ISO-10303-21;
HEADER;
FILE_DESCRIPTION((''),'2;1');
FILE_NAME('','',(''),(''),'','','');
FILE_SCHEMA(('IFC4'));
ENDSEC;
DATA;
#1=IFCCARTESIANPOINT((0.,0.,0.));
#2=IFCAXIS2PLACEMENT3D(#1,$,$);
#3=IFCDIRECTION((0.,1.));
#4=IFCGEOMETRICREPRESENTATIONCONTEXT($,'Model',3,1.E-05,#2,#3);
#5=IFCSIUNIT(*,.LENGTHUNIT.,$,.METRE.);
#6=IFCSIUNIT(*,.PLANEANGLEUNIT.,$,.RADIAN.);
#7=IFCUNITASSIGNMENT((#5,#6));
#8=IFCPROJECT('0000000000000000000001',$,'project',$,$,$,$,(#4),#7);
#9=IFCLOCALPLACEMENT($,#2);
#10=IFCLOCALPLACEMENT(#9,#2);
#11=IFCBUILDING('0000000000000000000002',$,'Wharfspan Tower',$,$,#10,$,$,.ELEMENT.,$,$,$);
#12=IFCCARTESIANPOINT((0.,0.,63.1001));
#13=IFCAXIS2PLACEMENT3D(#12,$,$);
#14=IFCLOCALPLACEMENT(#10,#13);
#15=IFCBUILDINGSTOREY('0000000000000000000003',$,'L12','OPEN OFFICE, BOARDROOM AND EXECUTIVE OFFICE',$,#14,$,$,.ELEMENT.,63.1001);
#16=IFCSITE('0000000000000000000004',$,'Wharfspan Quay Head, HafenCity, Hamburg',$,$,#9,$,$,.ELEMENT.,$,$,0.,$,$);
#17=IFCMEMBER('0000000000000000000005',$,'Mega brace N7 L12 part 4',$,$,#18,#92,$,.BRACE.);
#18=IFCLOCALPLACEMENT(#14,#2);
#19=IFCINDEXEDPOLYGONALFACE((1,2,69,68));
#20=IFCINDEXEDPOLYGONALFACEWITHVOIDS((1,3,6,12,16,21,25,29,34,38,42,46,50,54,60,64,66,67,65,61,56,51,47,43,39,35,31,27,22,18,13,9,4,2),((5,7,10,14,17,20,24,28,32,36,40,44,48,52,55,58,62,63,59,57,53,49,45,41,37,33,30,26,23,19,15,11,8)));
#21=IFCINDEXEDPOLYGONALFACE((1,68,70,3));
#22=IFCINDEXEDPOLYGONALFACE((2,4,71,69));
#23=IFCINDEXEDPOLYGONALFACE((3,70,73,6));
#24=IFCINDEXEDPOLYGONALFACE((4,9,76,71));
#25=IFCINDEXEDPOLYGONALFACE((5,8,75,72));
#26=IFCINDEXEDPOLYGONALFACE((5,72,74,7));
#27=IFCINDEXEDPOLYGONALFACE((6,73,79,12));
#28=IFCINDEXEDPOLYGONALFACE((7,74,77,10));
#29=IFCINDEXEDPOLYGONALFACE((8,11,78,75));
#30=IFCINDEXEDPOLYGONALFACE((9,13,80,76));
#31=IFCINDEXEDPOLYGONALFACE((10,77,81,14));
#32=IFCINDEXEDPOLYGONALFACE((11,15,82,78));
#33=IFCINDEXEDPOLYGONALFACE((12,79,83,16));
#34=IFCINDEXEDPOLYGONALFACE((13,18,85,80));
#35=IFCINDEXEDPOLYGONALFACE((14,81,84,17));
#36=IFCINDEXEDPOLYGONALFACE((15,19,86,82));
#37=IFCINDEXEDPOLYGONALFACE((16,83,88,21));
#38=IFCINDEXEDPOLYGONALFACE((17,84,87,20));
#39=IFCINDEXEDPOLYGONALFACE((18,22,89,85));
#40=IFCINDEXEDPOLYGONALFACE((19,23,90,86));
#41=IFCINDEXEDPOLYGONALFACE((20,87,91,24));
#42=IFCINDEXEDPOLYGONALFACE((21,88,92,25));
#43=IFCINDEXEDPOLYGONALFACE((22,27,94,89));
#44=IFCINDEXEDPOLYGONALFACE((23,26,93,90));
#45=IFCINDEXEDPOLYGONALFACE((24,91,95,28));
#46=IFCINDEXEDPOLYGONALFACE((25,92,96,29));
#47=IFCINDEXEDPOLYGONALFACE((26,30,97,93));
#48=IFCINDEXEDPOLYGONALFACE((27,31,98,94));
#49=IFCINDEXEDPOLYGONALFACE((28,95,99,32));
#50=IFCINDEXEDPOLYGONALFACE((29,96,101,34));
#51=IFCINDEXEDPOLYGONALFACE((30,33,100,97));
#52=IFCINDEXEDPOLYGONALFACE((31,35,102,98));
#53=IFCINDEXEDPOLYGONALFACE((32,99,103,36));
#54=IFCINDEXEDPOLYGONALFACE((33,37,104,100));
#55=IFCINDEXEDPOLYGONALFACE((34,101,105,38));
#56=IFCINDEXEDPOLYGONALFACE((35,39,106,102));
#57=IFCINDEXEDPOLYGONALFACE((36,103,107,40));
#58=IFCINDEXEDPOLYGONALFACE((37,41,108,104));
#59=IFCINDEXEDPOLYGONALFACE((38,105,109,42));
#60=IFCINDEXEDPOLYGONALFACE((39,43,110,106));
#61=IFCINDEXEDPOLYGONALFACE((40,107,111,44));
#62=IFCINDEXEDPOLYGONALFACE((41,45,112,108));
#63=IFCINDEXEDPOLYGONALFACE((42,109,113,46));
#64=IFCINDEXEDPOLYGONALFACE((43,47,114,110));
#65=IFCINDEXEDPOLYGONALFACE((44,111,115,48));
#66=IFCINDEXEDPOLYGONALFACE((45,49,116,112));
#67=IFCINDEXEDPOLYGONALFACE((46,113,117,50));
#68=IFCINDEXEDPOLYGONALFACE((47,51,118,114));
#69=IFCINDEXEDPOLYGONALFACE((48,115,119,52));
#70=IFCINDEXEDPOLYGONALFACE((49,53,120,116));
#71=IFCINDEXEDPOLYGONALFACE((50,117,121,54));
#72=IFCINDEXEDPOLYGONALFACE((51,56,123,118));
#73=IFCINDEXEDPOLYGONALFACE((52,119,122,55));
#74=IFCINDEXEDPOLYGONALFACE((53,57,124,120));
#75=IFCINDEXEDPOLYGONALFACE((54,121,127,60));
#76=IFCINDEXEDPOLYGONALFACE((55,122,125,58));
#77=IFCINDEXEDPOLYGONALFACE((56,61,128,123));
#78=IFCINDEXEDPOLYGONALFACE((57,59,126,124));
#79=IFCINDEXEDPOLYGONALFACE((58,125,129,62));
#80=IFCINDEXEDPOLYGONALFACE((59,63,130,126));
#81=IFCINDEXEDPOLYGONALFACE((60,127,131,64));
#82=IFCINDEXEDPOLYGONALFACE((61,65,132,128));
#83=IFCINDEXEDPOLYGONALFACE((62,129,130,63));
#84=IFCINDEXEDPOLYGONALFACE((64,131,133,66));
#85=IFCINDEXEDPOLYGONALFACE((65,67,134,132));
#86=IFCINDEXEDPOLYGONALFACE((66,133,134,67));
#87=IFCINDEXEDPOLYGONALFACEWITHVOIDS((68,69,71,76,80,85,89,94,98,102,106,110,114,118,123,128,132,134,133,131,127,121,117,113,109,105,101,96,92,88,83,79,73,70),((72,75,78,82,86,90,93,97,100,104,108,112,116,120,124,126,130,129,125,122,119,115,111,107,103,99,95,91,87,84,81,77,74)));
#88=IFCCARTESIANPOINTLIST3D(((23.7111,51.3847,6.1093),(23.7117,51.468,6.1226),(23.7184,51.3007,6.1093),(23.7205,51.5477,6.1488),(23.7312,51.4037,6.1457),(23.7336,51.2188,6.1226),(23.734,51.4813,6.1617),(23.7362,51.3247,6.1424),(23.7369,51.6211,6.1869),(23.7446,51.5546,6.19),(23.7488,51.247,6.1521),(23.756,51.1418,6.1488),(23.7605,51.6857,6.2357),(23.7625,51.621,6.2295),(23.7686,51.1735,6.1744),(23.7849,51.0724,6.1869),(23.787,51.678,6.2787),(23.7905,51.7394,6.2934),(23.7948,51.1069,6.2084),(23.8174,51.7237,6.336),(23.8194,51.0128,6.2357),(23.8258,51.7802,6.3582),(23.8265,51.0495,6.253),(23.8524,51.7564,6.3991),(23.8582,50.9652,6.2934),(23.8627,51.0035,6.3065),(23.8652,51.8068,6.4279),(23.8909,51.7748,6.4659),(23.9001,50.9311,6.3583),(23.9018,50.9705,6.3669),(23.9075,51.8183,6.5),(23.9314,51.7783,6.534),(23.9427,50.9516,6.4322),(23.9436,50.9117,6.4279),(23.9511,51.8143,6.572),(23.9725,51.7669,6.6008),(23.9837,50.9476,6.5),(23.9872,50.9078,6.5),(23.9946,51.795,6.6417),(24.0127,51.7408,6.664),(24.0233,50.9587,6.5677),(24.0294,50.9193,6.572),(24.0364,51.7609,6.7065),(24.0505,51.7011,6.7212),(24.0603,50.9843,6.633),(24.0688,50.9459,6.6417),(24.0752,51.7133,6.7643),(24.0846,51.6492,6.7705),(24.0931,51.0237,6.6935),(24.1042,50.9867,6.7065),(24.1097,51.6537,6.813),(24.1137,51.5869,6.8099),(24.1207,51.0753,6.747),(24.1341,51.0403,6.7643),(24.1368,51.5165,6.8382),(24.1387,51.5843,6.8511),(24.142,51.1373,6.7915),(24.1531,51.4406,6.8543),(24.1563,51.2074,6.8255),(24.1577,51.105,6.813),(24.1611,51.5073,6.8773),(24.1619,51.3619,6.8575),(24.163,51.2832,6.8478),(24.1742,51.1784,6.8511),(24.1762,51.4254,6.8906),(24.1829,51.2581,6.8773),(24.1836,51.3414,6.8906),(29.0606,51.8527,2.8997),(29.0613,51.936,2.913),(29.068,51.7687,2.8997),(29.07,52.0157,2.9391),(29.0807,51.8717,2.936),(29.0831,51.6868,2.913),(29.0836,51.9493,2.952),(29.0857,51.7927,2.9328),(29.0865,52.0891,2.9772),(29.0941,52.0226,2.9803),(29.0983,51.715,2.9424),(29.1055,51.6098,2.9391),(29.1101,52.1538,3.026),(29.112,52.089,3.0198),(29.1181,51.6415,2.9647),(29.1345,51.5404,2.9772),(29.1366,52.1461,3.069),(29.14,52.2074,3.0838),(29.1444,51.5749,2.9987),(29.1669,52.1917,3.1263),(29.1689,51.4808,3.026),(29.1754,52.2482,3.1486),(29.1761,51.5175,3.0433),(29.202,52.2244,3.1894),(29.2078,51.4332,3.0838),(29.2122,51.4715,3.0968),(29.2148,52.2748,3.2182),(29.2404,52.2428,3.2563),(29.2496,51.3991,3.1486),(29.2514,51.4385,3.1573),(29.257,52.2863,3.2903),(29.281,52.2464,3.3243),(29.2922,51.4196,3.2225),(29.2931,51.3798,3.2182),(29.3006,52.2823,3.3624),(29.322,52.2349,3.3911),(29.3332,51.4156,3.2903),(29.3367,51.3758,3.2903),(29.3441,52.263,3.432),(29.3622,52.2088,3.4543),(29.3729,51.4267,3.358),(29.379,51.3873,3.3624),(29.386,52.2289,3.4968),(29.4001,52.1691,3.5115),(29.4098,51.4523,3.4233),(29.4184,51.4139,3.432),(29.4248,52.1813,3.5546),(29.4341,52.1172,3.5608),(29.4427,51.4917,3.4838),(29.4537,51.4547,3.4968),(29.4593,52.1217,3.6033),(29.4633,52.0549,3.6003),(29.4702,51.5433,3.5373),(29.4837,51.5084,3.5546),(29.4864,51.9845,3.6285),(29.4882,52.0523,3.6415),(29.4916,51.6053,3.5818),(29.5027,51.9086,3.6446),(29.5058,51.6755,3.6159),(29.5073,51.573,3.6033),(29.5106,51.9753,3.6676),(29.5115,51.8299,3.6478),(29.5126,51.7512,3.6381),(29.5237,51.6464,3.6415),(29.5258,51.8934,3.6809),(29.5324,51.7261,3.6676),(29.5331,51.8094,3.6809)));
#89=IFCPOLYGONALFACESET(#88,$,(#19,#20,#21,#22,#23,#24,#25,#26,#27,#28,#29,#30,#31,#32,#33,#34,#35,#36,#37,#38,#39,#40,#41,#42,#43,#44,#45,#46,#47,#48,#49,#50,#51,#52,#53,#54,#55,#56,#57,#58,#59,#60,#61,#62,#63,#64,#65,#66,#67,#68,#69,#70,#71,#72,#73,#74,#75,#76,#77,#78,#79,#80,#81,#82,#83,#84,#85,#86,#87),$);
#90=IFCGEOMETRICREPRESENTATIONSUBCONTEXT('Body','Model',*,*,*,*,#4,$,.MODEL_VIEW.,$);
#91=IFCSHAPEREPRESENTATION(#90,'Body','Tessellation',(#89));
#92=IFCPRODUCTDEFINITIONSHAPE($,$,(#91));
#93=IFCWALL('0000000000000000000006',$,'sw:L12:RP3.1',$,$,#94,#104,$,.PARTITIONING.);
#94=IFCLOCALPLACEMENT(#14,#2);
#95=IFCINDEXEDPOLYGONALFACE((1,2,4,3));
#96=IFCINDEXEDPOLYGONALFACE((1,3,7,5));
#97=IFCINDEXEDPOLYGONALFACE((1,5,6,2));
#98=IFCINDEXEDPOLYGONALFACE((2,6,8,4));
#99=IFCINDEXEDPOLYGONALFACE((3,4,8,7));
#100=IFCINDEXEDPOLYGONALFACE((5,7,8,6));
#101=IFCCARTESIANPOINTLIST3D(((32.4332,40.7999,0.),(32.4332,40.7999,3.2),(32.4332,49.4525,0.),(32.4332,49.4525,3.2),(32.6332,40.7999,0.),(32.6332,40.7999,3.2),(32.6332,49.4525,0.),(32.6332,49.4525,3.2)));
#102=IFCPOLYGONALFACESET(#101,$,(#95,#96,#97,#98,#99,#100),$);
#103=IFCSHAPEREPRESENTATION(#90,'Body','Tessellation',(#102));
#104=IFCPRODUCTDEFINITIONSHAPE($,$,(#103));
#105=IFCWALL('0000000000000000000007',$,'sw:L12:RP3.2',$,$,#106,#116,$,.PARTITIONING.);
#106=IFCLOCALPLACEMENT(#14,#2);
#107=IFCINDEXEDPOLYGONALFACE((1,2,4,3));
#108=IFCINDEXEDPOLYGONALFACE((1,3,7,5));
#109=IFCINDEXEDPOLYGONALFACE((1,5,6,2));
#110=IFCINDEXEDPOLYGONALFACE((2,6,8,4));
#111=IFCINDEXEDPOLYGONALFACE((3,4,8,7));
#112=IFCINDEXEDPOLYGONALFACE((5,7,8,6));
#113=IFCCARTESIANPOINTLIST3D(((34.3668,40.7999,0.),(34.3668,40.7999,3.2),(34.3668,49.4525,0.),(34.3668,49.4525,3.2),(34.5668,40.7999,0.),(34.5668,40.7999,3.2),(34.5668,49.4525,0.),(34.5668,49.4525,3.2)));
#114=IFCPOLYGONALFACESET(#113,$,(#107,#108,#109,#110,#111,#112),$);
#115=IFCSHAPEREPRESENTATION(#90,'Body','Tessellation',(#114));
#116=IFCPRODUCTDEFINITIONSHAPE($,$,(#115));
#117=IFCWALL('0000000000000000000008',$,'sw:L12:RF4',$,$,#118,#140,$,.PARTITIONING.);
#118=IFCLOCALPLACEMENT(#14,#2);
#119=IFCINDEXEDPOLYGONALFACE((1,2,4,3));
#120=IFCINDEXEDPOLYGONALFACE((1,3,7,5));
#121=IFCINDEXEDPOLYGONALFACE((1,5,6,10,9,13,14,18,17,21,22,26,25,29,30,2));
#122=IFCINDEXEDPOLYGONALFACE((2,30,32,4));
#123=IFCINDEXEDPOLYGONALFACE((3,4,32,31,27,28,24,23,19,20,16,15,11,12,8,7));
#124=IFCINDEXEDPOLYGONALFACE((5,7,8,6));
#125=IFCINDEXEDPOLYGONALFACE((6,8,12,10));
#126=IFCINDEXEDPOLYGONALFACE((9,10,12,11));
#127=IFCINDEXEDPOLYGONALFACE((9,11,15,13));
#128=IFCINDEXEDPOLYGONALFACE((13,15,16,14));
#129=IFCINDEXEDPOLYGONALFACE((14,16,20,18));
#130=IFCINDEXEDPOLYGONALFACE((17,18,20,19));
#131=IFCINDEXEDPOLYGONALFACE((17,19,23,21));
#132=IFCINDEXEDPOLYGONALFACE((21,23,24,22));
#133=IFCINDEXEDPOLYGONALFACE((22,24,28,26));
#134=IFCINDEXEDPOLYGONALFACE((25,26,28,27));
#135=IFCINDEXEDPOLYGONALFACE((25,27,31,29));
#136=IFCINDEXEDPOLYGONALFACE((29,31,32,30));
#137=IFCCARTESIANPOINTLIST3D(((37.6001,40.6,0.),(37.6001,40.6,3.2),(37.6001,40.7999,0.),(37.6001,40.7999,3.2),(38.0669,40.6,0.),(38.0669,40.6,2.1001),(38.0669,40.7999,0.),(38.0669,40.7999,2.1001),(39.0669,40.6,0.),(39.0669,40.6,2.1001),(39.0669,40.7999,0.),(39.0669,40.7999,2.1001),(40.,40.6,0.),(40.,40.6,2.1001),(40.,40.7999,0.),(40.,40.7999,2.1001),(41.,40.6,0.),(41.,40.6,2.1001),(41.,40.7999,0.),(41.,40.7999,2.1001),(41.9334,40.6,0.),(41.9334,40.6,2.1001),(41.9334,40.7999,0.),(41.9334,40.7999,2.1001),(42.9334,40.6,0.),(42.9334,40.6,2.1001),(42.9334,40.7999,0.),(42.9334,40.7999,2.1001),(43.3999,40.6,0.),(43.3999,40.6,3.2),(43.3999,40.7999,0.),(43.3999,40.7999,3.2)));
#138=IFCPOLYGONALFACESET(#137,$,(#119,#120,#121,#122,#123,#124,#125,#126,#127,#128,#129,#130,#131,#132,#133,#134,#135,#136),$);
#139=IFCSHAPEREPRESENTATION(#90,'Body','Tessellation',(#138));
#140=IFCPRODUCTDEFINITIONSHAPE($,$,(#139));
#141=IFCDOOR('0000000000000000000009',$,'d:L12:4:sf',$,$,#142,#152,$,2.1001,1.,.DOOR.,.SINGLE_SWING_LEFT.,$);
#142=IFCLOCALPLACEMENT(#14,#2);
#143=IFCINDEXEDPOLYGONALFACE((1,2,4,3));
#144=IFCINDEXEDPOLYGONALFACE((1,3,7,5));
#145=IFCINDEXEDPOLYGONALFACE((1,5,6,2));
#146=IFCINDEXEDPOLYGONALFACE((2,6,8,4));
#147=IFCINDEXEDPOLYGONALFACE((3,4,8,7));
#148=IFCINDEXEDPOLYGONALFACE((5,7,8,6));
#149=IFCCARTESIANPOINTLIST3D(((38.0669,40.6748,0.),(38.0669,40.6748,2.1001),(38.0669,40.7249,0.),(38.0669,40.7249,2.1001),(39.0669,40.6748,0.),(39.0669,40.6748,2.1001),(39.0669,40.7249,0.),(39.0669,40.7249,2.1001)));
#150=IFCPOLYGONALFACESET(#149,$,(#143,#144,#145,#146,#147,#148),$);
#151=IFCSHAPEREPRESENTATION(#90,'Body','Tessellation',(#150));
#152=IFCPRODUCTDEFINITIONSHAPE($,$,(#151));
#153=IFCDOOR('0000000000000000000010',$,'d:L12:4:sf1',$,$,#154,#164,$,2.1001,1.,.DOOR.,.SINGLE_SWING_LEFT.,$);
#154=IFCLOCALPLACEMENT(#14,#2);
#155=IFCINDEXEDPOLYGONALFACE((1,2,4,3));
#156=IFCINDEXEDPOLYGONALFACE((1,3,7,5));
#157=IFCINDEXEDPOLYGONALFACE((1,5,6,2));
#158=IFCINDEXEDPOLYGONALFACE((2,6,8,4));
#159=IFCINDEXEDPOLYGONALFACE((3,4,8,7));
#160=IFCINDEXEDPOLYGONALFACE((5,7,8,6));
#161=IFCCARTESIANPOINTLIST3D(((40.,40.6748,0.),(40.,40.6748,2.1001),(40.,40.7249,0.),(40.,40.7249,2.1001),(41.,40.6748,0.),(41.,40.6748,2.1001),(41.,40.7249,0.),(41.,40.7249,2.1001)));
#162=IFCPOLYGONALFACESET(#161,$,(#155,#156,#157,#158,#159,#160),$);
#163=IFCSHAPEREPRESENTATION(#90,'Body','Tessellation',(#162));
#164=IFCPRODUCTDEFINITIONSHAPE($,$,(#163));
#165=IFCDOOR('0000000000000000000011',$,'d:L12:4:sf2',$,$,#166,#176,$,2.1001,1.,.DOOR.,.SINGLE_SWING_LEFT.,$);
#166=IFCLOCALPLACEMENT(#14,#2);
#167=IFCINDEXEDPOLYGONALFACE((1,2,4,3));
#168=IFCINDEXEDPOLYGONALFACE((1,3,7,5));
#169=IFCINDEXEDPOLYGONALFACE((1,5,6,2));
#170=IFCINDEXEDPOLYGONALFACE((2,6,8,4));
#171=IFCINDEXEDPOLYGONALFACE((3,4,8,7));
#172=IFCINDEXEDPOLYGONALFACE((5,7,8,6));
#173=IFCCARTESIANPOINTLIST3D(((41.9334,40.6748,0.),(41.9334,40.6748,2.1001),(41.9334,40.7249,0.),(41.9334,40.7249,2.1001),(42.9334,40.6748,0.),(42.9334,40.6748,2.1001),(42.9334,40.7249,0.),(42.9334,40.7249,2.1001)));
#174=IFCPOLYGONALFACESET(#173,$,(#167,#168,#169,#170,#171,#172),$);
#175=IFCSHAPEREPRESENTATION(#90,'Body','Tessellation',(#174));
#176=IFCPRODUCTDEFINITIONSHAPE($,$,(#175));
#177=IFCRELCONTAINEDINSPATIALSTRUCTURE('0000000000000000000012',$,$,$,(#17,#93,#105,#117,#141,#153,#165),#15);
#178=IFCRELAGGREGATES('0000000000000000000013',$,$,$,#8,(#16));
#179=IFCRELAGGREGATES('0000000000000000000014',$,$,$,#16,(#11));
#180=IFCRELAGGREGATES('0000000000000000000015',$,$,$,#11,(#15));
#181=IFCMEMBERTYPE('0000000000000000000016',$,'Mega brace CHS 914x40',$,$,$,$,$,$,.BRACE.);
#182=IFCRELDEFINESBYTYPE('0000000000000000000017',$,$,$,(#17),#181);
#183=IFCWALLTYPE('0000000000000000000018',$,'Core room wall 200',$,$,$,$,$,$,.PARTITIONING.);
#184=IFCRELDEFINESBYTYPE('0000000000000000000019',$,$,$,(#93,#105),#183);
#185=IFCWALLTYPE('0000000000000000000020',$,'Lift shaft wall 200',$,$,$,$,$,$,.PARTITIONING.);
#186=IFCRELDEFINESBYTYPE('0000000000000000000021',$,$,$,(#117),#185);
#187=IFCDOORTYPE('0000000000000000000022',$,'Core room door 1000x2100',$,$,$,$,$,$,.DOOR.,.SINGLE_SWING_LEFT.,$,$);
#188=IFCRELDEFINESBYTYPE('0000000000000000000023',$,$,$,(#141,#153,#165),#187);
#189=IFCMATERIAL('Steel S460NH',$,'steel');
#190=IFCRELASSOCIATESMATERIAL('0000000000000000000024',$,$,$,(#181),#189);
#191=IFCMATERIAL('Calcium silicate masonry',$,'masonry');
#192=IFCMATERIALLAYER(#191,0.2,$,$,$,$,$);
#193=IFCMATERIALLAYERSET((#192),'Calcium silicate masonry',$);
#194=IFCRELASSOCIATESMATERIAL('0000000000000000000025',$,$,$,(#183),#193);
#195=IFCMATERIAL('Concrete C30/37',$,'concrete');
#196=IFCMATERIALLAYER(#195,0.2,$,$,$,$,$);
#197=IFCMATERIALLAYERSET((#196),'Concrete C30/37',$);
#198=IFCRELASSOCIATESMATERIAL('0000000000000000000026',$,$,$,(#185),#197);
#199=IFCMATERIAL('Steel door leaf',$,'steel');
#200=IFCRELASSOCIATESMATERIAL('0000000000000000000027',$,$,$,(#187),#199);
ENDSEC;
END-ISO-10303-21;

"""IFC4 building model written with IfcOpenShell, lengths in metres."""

from ifc_helpers import new_model, si_unit, direction, frame, frame_2d, origin, origin_2d, place, context, subcontext, project, spatial, rectangle, hollow_circle, extrude, material, layer, layer_set, material_profile, profile_set, type_object, element, fill, save


model = new_model("IFC4")

# Units and contexts
model_context = context("Model", 3, precision=1e-05, world=origin(), true_north=direction((0.0, 1.0)))
body_context = subcontext(model_context, "Body", "Model", "MODEL_VIEW")
ifc_project = project(units=[si_unit("LENGTHUNIT", "METRE"), si_unit("PLANEANGLEUNIT", "RADIAN")], contexts=[model_context])

# Site, building, storey
site_placement = place(None, origin())
site = spatial("IfcSite", under=ifc_project, at=site_placement, Name="Wharfspan Quay Head, HafenCity, Hamburg", CompositionType="ELEMENT", RefElevation=0.0)
building_placement = place(site_placement, origin())
building = spatial("IfcBuilding", under=site, at=building_placement, Name="Wharfspan Tower", CompositionType="ELEMENT")
storey_placement = place(building_placement, frame((0.0, 0.0, 63.1001)))
storey = spatial("IfcBuildingStorey", under=building, at=storey_placement, Name="L12", Description="OPEN OFFICE, BOARDROOM AND EXECUTIVE OFFICE", CompositionType="ELEMENT", Elevation=63.1001)

# Member
ifc_material_1 = material(Name="Steel S460NH", Category="steel")
ifc_material_profile_1 = material_profile(ifc_material_1, hollow_circle(Radius=0.457, WallThickness=0.04, at=origin_2d()))
ifc_profile_set_1 = profile_set([ifc_material_profile_1], Name="Steel S460NH")
member_type = type_object("IfcMemberType", Name="Mega brace CHS 914x40", PredefinedType="BRACE", material=ifc_profile_set_1)
for number, where, z_axis, x_axis, name in (
    (1, (29.2969, 51.8311, 3.2903), (-0.855094, -0.074809, 0.513048), (0.087154, -0.996195, 0.000001), "Mega brace N7 L12 part 4"),
):
    element("IfcMember", number, at=place(storey_placement, frame(where, z_axis=z_axis, x_axis=x_axis)), inside=storey, type_object=member_type, Name=name, PredefinedType="BRACE", context=body_context, shape_type="SweptSolid", body=[
        extrude(hollow_circle(Radius=0.457, WallThickness=0.04, at=origin_2d()), origin(), (0.0, 0.0, 1.0), 6.2561),
    ])

# Walls
ifc_material_2 = material(Name="Calcium silicate masonry", Category="masonry")
ifc_layer_1 = layer(ifc_material_2, 0.2)
ifc_layer_set_1 = layer_set([ifc_layer_1], Name="Calcium silicate masonry")
wall_type_1 = type_object("IfcWallType", Name="Core room wall 200", PredefinedType="PARTITIONING", material=ifc_layer_set_1)
for number, where, z_axis, x_axis, name in (
    (2, (32.5332, 40.8, 0.0), (0.0, 0.0, 1.0), (0.0, 1.0, 0.0), "sw:L12:RP3.1"),
    (3, (34.4668, 40.8, 0.0), (0.0, 0.0, 1.0), (0.0, 1.0, 0.0), "sw:L12:RP3.2"),
):
    element("IfcWall", number, at=place(storey_placement, frame(where, z_axis=z_axis, x_axis=x_axis)), inside=storey, type_object=wall_type_1, Name=name, PredefinedType="PARTITIONING", context=body_context, shape_type="SweptSolid", body=[
        extrude(rectangle(XDim=8.6526, YDim=0.2, at=frame_2d((4.3262, 0.0))), origin(), (0.0, 0.0, 1.0), 3.2),
    ])

# Wall, openings, doors
ifc_material_3 = material(Name="Concrete C30/37", Category="concrete")
ifc_layer_2 = layer(ifc_material_3, 0.2)
ifc_layer_set_2 = layer_set([ifc_layer_2], Name="Concrete C30/37")
wall_type_2 = type_object("IfcWallType", Name="Lift shaft wall 200", PredefinedType="PARTITIONING", material=ifc_layer_set_2)
wall_1_placement = place(storey_placement, frame((37.6001, 40.7, 0.0), z_axis=(0.0, 0.0, 1.0), x_axis=(1.0, 0.0, 0.0)))
wall_1 = element("IfcWall", 4, at=wall_1_placement, inside=storey, type_object=wall_type_2, Name="sw:L12:RF4", PredefinedType="PARTITIONING", context=body_context, shape_type="SweptSolid", body=[
    extrude(rectangle(XDim=5.7998, YDim=0.2, at=frame_2d((2.8999, 0.0))), origin(), (0.0, 0.0, 1.0), 3.2),
])
opening_1_placement = place(wall_1_placement, frame((0.4668, 0.0, 0.0)))
opening_1 = element("IfcOpeningElement", 5, at=opening_1_placement, cuts=wall_1, PredefinedType="OPENING", context=body_context, shape_type="SweptSolid", body=[
    extrude(rectangle(XDim=1.0, YDim=2.1001, at=frame_2d((0.5, 1.05))), frame((0.0, 0.1099, 0.0), z_axis=(0.0, -1.0, 0.0), x_axis=(1.0, 0.0, 0.0)), (0.0, 0.0, 1.0), 0.22),
])
opening_2_placement = place(wall_1_placement, frame((2.3999, 0.0, 0.0)))
opening_2 = element("IfcOpeningElement", 6, at=opening_2_placement, cuts=wall_1, PredefinedType="OPENING", context=body_context, shape_type="SweptSolid", body=[
    extrude(rectangle(XDim=1.0, YDim=2.1001, at=frame_2d((0.5, 1.05))), frame((0.0, 0.1099, 0.0), z_axis=(0.0, -1.0, 0.0), x_axis=(1.0, 0.0, 0.0)), (0.0, 0.0, 1.0), 0.22),
])
opening_3_placement = place(wall_1_placement, frame((4.3333, 0.0, 0.0)))
opening_3 = element("IfcOpeningElement", 7, at=opening_3_placement, cuts=wall_1, PredefinedType="OPENING", context=body_context, shape_type="SweptSolid", body=[
    extrude(rectangle(XDim=1.0, YDim=2.1001, at=frame_2d((0.5, 1.05))), frame((0.0, 0.1099, 0.0), z_axis=(0.0, -1.0, 0.0), x_axis=(1.0, 0.0, 0.0)), (0.0, 0.0, 1.0), 0.22),
])
ifc_material_4 = material(Name="Steel door leaf", Category="steel")
door_type = type_object("IfcDoorType", Name="Core room door 1000x2100", OperationType="SINGLE_SWING_LEFT", PredefinedType="DOOR", material=ifc_material_4)
door_1_placement = place(opening_1_placement, origin())
door_1 = element("IfcDoor", 8, at=door_1_placement, inside=storey, type_object=door_type, Name="d:L12:4:sf", OperationType="SINGLE_SWING_LEFT", OverallHeight=2.1001, OverallWidth=1.0, PredefinedType="DOOR", context=body_context, shape_type="SweptSolid", body=[
    extrude(rectangle(XDim=1.0, YDim=2.1001, at=frame_2d((0.5, 1.05))), frame((0.0, 0.0249, 0.0), z_axis=(0.0, -1.0, 0.0), x_axis=(1.0, 0.0, 0.0)), (0.0, 0.0, 1.0), 0.05),
])
fill(opening_1, door_1)
door_2_placement = place(opening_2_placement, origin())
door_2 = element("IfcDoor", 9, at=door_2_placement, inside=storey, type_object=door_type, Name="d:L12:4:sf1", OperationType="SINGLE_SWING_LEFT", OverallHeight=2.1001, OverallWidth=1.0, PredefinedType="DOOR", context=body_context, shape_type="SweptSolid", body=[
    extrude(rectangle(XDim=1.0, YDim=2.1001, at=frame_2d((0.5, 1.05))), frame((0.0, 0.0249, 0.0), z_axis=(0.0, -1.0, 0.0), x_axis=(1.0, 0.0, 0.0)), (0.0, 0.0, 1.0), 0.05),
])
fill(opening_2, door_2)
door_3_placement = place(opening_3_placement, origin())
door_3 = element("IfcDoor", 10, at=door_3_placement, inside=storey, type_object=door_type, Name="d:L12:4:sf2", OperationType="SINGLE_SWING_LEFT", OverallHeight=2.1001, OverallWidth=1.0, PredefinedType="DOOR", context=body_context, shape_type="SweptSolid", body=[
    extrude(rectangle(XDim=1.0, YDim=2.1001, at=frame_2d((0.5, 1.05))), frame((0.0, 0.0249, 0.0), z_axis=(0.0, -1.0, 0.0), x_axis=(1.0, 0.0, 0.0)), (0.0, 0.0, 1.0), 0.05),
])
fill(opening_3, door_3)

save(model, "model.ifc")
